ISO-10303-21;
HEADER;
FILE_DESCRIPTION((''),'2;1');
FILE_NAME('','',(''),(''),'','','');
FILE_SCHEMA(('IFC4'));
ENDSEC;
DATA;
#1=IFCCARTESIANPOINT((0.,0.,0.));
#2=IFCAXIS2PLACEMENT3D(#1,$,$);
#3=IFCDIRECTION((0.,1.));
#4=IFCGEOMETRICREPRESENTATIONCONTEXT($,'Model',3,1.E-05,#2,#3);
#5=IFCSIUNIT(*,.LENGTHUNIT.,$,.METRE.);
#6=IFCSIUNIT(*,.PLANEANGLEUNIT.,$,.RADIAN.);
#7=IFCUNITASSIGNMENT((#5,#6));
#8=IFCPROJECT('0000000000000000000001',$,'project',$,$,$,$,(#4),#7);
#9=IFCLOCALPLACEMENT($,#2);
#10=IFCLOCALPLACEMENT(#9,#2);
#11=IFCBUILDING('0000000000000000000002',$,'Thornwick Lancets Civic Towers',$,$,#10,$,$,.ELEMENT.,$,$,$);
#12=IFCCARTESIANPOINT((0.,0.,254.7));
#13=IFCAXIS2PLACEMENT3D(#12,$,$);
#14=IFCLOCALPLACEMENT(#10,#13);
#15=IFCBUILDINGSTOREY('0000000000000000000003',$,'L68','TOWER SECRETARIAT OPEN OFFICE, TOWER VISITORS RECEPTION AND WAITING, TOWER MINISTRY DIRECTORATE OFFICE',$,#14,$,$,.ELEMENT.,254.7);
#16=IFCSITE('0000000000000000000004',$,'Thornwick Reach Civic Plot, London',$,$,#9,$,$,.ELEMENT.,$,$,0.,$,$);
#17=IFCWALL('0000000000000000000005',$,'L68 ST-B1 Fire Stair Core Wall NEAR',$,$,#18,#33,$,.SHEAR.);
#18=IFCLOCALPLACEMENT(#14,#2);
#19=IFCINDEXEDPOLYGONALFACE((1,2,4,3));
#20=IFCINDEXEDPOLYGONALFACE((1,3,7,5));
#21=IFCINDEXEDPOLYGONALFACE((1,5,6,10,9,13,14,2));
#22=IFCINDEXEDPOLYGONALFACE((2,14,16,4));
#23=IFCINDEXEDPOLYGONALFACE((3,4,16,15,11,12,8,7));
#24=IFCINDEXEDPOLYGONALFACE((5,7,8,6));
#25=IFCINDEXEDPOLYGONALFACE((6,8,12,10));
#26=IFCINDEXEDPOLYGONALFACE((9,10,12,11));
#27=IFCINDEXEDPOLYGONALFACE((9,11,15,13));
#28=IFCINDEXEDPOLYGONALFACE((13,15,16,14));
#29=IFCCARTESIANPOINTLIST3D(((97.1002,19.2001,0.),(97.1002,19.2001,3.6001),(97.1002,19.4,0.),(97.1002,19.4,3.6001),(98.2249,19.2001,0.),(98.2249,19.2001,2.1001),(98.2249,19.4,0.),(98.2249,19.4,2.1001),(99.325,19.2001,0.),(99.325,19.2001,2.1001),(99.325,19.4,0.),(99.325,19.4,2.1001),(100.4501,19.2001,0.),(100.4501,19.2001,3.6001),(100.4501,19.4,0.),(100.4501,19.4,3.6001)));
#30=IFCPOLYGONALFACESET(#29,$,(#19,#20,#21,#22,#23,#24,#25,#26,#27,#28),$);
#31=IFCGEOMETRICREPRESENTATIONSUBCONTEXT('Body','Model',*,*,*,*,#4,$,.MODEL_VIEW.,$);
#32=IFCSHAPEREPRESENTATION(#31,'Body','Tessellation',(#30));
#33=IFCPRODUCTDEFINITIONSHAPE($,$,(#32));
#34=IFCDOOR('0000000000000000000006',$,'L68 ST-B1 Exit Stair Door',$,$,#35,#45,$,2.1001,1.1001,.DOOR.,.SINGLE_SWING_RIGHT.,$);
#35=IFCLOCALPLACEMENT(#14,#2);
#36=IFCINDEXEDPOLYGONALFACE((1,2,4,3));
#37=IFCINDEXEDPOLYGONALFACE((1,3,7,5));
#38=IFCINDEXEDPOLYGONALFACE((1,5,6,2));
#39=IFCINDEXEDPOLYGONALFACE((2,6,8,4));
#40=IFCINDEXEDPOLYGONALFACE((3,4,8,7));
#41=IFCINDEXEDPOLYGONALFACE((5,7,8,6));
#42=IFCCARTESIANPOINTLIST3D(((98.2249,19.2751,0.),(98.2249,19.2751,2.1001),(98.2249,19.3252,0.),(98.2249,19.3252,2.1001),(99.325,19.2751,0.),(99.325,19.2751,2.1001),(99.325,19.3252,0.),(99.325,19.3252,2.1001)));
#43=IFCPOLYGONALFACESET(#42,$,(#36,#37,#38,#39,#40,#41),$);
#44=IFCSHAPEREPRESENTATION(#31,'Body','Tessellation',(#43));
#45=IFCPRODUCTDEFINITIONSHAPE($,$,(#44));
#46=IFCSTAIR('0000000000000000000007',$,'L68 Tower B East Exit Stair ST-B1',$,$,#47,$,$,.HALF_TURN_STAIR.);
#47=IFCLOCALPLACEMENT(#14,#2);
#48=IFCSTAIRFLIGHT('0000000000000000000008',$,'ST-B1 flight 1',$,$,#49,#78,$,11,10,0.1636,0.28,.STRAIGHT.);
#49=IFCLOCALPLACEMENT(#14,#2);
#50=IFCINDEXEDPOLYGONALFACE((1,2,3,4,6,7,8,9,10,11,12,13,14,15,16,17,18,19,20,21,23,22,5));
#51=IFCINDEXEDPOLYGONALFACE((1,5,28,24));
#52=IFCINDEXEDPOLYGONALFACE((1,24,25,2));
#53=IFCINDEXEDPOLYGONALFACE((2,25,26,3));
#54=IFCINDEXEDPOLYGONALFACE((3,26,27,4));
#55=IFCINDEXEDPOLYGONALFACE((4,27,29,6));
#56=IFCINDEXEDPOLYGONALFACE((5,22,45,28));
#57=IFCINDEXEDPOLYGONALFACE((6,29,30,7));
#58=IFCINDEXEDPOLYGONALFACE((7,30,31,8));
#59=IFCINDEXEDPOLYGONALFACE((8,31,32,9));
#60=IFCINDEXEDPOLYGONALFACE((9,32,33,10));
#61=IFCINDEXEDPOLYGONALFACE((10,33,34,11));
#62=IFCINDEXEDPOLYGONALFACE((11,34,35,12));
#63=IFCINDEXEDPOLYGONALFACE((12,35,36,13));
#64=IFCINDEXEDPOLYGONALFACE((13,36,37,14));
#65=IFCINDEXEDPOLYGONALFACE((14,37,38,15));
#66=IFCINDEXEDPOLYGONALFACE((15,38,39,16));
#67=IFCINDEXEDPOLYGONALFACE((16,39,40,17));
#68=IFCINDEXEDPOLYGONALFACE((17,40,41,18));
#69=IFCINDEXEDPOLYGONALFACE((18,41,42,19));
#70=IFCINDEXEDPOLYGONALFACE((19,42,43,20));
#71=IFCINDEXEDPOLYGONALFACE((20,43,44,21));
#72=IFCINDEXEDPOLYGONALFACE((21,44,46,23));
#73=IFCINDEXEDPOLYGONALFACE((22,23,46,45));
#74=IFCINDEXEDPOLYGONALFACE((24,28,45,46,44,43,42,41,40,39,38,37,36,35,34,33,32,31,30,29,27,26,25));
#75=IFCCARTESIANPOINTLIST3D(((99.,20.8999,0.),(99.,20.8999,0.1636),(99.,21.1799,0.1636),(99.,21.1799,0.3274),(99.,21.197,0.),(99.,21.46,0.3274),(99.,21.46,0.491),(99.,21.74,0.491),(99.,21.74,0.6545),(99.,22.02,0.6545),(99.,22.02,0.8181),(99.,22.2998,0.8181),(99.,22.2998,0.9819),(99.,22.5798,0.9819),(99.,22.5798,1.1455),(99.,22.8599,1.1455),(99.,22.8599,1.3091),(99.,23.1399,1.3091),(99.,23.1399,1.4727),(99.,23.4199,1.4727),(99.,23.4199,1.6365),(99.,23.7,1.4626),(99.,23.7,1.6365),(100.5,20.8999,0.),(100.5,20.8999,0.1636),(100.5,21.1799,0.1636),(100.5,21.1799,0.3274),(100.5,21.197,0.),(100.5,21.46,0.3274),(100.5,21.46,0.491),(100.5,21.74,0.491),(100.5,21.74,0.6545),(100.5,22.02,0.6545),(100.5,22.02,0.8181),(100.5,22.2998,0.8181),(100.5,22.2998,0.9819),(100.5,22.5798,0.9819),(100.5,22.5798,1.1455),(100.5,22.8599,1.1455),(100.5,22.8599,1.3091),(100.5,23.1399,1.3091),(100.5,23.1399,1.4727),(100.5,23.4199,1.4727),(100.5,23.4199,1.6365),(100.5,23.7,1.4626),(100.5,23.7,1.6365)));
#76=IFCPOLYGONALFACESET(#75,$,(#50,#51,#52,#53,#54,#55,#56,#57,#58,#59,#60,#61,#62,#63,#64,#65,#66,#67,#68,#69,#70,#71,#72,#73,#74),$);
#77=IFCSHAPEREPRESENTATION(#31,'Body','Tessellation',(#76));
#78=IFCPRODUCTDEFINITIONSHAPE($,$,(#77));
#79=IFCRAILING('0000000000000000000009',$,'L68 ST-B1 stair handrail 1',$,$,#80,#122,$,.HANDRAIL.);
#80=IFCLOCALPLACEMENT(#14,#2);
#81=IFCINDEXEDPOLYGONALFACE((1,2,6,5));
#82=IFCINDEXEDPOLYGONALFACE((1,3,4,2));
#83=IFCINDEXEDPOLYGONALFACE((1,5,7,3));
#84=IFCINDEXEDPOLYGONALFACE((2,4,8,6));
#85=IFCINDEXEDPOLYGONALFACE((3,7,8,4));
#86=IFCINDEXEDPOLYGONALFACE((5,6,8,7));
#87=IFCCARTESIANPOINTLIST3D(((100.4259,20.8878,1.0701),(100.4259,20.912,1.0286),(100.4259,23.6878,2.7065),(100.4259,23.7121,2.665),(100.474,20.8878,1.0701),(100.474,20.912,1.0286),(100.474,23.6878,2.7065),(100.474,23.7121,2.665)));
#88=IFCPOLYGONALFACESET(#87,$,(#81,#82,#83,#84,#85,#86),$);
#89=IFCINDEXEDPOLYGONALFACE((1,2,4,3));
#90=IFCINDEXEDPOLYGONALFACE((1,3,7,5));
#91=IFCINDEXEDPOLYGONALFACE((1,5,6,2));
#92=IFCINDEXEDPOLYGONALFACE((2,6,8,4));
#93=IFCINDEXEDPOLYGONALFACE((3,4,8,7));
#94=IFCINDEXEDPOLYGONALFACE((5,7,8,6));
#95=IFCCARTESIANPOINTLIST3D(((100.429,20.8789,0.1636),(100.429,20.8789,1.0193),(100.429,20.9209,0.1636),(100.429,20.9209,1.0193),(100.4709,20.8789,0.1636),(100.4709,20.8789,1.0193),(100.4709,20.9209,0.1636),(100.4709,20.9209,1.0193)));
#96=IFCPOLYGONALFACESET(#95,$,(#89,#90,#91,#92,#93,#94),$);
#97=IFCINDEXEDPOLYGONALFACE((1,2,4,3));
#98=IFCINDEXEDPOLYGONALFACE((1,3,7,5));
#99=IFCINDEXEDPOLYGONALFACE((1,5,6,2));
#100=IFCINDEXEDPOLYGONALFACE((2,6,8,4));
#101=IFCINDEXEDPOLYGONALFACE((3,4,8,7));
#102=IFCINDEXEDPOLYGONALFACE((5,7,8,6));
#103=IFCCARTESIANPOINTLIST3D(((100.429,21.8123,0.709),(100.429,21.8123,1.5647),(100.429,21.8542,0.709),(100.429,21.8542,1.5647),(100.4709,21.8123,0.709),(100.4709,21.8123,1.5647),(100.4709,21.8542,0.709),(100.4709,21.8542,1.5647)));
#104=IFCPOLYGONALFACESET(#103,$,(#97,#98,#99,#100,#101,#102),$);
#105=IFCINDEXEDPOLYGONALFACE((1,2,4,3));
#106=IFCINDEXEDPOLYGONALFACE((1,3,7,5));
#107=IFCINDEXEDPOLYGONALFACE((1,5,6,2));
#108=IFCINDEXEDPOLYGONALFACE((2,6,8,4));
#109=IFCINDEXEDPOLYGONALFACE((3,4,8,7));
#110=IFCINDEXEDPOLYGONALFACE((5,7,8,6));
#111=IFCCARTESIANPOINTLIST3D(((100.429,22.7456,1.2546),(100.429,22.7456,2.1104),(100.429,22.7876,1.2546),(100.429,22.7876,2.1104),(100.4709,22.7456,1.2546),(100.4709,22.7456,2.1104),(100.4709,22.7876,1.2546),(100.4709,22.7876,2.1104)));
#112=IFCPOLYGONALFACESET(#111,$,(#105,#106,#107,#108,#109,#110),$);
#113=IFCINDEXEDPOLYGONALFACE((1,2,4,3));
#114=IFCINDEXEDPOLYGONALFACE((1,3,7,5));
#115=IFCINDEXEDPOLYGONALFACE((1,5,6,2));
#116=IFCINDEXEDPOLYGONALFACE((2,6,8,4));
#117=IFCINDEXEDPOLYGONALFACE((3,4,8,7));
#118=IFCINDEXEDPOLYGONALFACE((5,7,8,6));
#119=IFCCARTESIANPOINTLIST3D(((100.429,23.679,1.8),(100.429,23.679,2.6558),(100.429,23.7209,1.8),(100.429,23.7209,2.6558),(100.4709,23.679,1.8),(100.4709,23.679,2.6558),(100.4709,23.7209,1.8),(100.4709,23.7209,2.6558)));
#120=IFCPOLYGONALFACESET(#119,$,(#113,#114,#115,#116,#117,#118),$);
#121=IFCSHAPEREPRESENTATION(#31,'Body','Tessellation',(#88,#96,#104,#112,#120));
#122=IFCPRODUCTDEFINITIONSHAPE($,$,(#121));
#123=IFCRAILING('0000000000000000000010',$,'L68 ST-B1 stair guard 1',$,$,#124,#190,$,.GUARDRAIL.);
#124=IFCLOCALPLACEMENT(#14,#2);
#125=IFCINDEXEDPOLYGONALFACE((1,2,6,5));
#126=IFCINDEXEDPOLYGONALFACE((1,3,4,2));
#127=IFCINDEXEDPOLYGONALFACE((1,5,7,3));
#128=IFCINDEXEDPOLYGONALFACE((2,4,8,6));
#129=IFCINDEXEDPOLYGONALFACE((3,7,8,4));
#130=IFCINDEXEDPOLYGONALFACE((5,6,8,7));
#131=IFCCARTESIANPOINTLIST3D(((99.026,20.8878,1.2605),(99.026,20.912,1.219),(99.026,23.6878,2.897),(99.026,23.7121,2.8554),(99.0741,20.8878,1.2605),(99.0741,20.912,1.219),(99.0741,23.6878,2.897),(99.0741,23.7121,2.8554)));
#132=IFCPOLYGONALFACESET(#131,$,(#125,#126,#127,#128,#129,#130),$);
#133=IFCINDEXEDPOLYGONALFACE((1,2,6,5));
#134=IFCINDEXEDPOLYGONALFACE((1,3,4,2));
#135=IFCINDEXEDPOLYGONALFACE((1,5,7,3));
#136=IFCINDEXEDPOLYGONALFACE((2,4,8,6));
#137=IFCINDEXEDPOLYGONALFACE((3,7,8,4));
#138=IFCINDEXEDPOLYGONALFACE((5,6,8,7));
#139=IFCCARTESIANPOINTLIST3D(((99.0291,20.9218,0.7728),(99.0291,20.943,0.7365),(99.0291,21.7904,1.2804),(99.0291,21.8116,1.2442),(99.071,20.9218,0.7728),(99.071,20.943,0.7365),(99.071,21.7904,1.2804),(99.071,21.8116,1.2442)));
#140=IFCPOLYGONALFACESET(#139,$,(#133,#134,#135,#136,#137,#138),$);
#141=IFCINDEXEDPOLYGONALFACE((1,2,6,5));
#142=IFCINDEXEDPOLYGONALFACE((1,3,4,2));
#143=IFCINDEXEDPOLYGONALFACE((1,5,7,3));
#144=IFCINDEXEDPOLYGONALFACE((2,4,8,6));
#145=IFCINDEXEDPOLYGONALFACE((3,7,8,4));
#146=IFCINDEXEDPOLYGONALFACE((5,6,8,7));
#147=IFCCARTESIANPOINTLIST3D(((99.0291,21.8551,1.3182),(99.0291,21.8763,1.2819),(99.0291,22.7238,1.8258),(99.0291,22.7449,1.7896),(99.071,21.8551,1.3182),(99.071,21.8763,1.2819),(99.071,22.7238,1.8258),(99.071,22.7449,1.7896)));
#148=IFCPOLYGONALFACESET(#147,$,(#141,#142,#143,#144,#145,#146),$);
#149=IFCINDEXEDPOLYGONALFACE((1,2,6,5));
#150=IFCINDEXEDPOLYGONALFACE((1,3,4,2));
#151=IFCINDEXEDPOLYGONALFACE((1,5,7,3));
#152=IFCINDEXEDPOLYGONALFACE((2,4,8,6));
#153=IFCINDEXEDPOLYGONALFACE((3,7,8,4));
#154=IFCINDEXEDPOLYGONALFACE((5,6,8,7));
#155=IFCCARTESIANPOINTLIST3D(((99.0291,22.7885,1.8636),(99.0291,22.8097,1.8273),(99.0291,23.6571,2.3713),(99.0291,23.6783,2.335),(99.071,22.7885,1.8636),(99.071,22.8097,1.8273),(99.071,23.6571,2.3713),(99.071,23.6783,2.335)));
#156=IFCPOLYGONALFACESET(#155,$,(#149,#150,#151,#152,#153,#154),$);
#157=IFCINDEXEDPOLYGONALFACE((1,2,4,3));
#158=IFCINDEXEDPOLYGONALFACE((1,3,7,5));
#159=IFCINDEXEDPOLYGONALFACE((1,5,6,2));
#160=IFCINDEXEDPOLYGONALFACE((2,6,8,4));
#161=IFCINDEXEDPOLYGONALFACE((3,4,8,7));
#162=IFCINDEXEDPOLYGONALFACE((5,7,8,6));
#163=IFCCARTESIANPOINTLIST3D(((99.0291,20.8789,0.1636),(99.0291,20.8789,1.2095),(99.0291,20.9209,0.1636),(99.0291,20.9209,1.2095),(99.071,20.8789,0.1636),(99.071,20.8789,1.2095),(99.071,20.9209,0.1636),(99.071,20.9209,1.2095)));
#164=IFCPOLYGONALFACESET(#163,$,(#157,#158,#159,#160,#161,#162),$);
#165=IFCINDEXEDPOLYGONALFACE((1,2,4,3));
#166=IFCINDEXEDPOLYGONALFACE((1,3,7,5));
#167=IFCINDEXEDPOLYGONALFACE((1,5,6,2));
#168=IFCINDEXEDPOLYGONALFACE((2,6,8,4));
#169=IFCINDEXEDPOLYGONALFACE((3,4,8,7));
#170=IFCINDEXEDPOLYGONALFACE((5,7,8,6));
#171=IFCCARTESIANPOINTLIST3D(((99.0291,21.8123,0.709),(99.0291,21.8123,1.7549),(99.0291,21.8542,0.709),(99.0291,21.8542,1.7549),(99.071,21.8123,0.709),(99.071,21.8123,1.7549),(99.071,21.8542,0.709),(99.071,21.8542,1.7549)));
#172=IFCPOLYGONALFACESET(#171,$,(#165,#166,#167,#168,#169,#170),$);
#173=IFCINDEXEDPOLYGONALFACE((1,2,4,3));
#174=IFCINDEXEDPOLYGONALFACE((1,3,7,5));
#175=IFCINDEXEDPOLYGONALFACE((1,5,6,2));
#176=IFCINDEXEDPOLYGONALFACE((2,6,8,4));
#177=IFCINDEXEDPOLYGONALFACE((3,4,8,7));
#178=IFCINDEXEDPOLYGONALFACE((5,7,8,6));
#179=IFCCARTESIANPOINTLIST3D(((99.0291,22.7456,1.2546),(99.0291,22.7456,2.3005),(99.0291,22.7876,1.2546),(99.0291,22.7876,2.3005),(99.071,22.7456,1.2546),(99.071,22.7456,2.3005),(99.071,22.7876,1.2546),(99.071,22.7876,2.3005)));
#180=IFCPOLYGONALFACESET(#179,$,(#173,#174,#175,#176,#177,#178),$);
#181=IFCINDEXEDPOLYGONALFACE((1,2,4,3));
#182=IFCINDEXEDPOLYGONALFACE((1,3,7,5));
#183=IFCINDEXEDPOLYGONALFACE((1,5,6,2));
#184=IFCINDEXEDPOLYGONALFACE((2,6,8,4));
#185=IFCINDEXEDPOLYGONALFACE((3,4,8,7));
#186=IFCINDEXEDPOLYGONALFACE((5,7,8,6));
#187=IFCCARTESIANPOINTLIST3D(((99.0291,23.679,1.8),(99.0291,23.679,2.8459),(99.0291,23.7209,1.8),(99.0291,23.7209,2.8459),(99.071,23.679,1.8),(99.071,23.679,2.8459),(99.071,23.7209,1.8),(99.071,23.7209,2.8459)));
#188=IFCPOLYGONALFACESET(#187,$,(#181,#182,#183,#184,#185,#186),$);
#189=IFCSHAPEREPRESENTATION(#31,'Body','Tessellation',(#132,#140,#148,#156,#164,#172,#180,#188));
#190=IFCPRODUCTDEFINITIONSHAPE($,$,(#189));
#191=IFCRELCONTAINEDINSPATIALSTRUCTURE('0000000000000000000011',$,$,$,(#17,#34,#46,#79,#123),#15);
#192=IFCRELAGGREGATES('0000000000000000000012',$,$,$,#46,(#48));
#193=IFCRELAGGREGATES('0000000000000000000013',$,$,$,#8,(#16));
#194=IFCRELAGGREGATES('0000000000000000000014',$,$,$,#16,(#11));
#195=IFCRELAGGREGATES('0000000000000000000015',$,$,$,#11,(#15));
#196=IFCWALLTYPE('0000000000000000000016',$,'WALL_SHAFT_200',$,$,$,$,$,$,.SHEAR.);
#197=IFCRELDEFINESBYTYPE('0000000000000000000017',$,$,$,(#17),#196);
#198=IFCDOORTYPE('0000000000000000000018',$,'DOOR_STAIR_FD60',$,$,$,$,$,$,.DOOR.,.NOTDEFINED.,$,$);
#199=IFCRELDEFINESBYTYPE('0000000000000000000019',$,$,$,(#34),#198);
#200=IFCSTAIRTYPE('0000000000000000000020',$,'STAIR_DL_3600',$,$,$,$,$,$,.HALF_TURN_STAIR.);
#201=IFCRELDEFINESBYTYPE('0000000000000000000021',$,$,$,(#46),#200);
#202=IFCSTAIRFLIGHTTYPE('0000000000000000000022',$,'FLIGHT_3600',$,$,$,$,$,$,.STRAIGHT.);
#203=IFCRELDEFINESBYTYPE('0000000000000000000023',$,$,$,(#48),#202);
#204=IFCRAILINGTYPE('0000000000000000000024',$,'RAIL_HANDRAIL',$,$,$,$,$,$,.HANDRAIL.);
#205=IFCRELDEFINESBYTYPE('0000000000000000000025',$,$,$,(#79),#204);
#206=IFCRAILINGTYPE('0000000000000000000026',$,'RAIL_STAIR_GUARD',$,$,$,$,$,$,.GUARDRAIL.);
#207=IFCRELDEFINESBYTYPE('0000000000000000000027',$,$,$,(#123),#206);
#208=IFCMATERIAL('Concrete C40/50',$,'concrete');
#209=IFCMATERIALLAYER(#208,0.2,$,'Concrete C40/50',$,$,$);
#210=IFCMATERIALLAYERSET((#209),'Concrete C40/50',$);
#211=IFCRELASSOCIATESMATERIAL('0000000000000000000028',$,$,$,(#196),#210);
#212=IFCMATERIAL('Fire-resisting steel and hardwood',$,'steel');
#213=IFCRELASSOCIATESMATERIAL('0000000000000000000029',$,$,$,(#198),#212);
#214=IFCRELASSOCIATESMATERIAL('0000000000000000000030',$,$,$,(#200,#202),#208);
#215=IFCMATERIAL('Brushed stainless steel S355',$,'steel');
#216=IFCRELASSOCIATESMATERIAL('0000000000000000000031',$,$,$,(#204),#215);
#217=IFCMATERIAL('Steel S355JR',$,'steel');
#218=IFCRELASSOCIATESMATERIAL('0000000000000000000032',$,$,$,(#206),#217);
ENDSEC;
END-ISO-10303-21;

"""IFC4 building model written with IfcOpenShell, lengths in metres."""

from ifc_helpers import new_model, si_unit, direction, frame, frame_2d, origin, origin_2d, place, context, subcontext, project, spatial, polyline, rectangle, outline, extrude, material, layer, layer_set, type_object, element, fill, aggregate, save


model = new_model("IFC4")

# Units and contexts
model_context = context("Model", 3, precision=1e-05, world=origin(), true_north=direction((0.0, 1.0)))
body_context = subcontext(model_context, "Body", "Model", "MODEL_VIEW")
ifc_project = project(units=[si_unit("LENGTHUNIT", "METRE"), si_unit("PLANEANGLEUNIT", "RADIAN")], contexts=[model_context])

# Site, building, storey
site_placement = place(None, origin())
site = spatial("IfcSite", under=ifc_project, at=site_placement, Name="Thornwick Reach Civic Plot, London", CompositionType="ELEMENT", RefElevation=0.0)
building_placement = place(site_placement, origin())
building = spatial("IfcBuilding", under=site, at=building_placement, Name="Thornwick Lancets Civic Towers", CompositionType="ELEMENT")
storey_placement = place(building_placement, frame((0.0, 0.0, 254.7)))
storey = spatial("IfcBuildingStorey", under=building, at=storey_placement, Name="L68", Description="TOWER SECRETARIAT OPEN OFFICE, TOWER VISITORS RECEPTION AND WAITING, TOWER MINISTRY DIRECTORATE OFFICE", CompositionType="ELEMENT", Elevation=254.7)

# Shared definitions
ifc_material_1 = material(Name="Steel S355JR", Category="steel")

# Shared definitions
ifc_material_2 = material(Name="Concrete C40/50", Category="concrete")

# Wall, opening, door
ifc_layer_1 = layer(ifc_material_2, 0.2, Name="Concrete C40/50")
ifc_layer_set_1 = layer_set([ifc_layer_1], Name="Concrete C40/50")
wall_type_1 = type_object("IfcWallType", Name="WALL_SHAFT_200", PredefinedType="SHEAR", material=ifc_layer_set_1)
wall_1_placement = place(storey_placement, frame((100.45, 19.3, 0.0), z_axis=(0.0, 0.0, 1.0), x_axis=(-1.0, 0.0, 0.0)))
wall_1 = element("IfcWall", 1, at=wall_1_placement, inside=storey, type_object=wall_type_1, Name="L68 ST-B1 Fire Stair Core Wall NEAR", PredefinedType="SHEAR", context=body_context, shape_type="SweptSolid", body=[
    extrude(rectangle(XDim=3.3499, YDim=0.2, at=frame_2d((1.6748, 0.0))), origin(), (0.0, 0.0, 1.0), 3.6001),
])
opening_1_placement = place(wall_1_placement, frame((1.125, 0.0, 0.0)))
opening_1 = element("IfcOpeningElement", 2, at=opening_1_placement, cuts=wall_1, PredefinedType="OPENING", context=body_context, shape_type="SweptSolid", body=[
    extrude(rectangle(XDim=1.1001, YDim=2.1001, at=frame_2d((0.55, 1.05))), frame((0.0, 0.1099, 0.0), z_axis=(0.0, -1.0, 0.0), x_axis=(1.0, 0.0, 0.0)), (0.0, 0.0, 1.0), 0.22),
])
ifc_material_3 = material(Name="Fire-resisting steel and hardwood", Category="steel")
door_type = type_object("IfcDoorType", Name="DOOR_STAIR_FD60", OperationType="NOTDEFINED", PredefinedType="DOOR", material=ifc_material_3)
door_placement = place(opening_1_placement, origin())
door = element("IfcDoor", 3, at=door_placement, inside=storey, type_object=door_type, Name="L68 ST-B1 Exit Stair Door", OperationType="SINGLE_SWING_RIGHT", OverallHeight=2.1001, OverallWidth=1.1001, PredefinedType="DOOR", context=body_context, shape_type="SweptSolid", body=[
    extrude(rectangle(XDim=1.1001, YDim=2.1001, at=frame_2d((0.55, 1.05))), frame((0.0, 0.0249, 0.0), z_axis=(0.0, -1.0, 0.0), x_axis=(1.0, 0.0, 0.0)), (0.0, 0.0, 1.0), 0.05),
])
fill(opening_1, door)

# Stair, stair flight
stair_type = type_object("IfcStairType", Name="STAIR_DL_3600", PredefinedType="HALF_TURN_STAIR", material=ifc_material_2)
stair_placement = place(storey_placement, origin())
stair = element("IfcStair", 4, at=stair_placement, inside=storey, type_object=stair_type, Name="L68 Tower B East Exit Stair ST-B1", PredefinedType="HALF_TURN_STAIR")
stair_flight_type = type_object("IfcStairFlightType", Name="FLIGHT_3600", PredefinedType="STRAIGHT", material=ifc_material_2)
stair_flight_placement = place(storey_placement, frame((99.75, 20.8999, 0.0), z_axis=(0.0, 0.0, 1.0), x_axis=(0.0, 1.0, 0.0)))
stair_flight = element("IfcStairFlight", 5, at=stair_flight_placement, type_object=stair_flight_type, Name="ST-B1 flight 1", NumberOfRisers=11, NumberOfTreads=10, PredefinedType="STRAIGHT", RiserHeight=0.1636, TreadLength=0.28, context=body_context, shape_type="SweptSolid", body=[
    extrude(outline(polyline([(0.0, 0.0), (0.0, 0.1636), (0.28, 0.1636), (0.28, 0.3274), (0.5601, 0.3274), (0.5601, 0.491), (0.8401, 0.491), (0.8401, 0.6545), (1.1201, 0.6545), (1.1201, 0.8181), (1.3999, 0.8181), (1.3999, 0.9819), (1.6799, 0.9819), (1.6799, 1.1455), (1.96, 1.1455), (1.96, 1.3091), (2.24, 1.3091), (2.24, 1.4727), (2.52, 1.4727), (2.52, 1.6365), (2.8, 1.6365), (2.8, 1.8), (2.8, 1.4626), (0.2971, 0.0), (0.0, 0.0)])), frame((0.0, 0.75, 0.0), z_axis=(0.0, -1.0, 0.0), x_axis=(1.0, 0.0, 0.0)), (0.0, 0.0, 1.0), 1.5),
])
aggregate(stair, [stair_flight])

# Railings
ifc_material_4 = material(Name="Brushed stainless steel S355", Category="steel")
railing_type_1 = type_object("IfcRailingType", Name="RAIL_HANDRAIL", PredefinedType="HANDRAIL", material=ifc_material_4)
railing_1_placement = place(storey_placement, frame((100.45, 20.8999, 0.1636)))
element("IfcRailing", 6, at=railing_1_placement, inside=storey, type_object=railing_type_1, Name="L68 ST-B1 stair handrail 1", PredefinedType="HANDRAIL", context=body_context, shape_type="SweptSolid", body=[
    extrude(rectangle(XDim=0.0481, YDim=0.0481, at=origin_2d()), frame((0.0, 0.0, 0.8857), z_axis=(0.0, 0.863361, 0.504587), x_axis=(-1.0, 0.0, 0.0)), (0.0, 0.0, 1.0), 3.2432),
    extrude(rectangle(XDim=0.042, YDim=0.042, at=origin_2d()), origin(), (0.0, 0.0, 1.0), 0.8557),
    extrude(rectangle(XDim=0.042, YDim=0.042, at=origin_2d()), frame((0.0, 0.9333, 0.5454)), (0.0, 0.0, 1.0), 0.8557),
    extrude(rectangle(XDim=0.042, YDim=0.042, at=origin_2d()), frame((0.0, 1.8667, 1.0911)), (0.0, 0.0, 1.0), 0.8557),
    extrude(rectangle(XDim=0.042, YDim=0.042, at=origin_2d()), frame((0.0, 2.8, 1.6365)), (0.0, 0.0, 1.0), 0.8557),
])
railing_type_2 = type_object("IfcRailingType", Name="RAIL_STAIR_GUARD", PredefinedType="GUARDRAIL", material=ifc_material_1)
railing_2_placement = place(storey_placement, frame((99.05, 20.8999, 0.1636)))
element("IfcRailing", 7, at=railing_2_placement, inside=storey, type_object=railing_type_2, Name="L68 ST-B1 stair guard 1", PredefinedType="GUARDRAIL", context=body_context, shape_type="SweptSolid", body=[
    extrude(rectangle(XDim=0.0481, YDim=0.0481, at=origin_2d()), frame((0.0, 0.0, 1.0762), z_axis=(0.0, 0.863361, 0.504587), x_axis=(-1.0, 0.0, 0.0)), (0.0, 0.0, 1.0), 3.2432),
    extrude(rectangle(XDim=0.042, YDim=0.042, at=origin_2d()), frame((0.0, 0.0325, 0.5911), z_axis=(0.0, 0.863361, 0.504587), x_axis=(-1.0, 0.0, 0.0)), (0.0, 0.0, 1.0), 1.0061),
    extrude(rectangle(XDim=0.042, YDim=0.042, at=origin_2d()), frame((0.0, 0.9658, 1.1365), z_axis=(0.0, 0.863361, 0.504587), x_axis=(-1.0, 0.0, 0.0)), (0.0, 0.0, 1.0), 1.0061),
    extrude(rectangle(XDim=0.042, YDim=0.042, at=origin_2d()), frame((0.0, 1.8992, 1.6819), z_axis=(0.0, 0.863361, 0.504587), x_axis=(-1.0, 0.0, 0.0)), (0.0, 0.0, 1.0), 1.0061),
    extrude(rectangle(XDim=0.042, YDim=0.042, at=origin_2d()), origin(), (0.0, 0.0, 1.0), 1.0459),
    extrude(rectangle(XDim=0.042, YDim=0.042, at=origin_2d()), frame((0.0, 0.9333, 0.5454)), (0.0, 0.0, 1.0), 1.0459),
    extrude(rectangle(XDim=0.042, YDim=0.042, at=origin_2d()), frame((0.0, 1.8667, 1.0911)), (0.0, 0.0, 1.0), 1.0459),
    extrude(rectangle(XDim=0.042, YDim=0.042, at=origin_2d()), frame((0.0, 2.8, 1.6365)), (0.0, 0.0, 1.0), 1.0459),
])

save(model, "model.ifc")
